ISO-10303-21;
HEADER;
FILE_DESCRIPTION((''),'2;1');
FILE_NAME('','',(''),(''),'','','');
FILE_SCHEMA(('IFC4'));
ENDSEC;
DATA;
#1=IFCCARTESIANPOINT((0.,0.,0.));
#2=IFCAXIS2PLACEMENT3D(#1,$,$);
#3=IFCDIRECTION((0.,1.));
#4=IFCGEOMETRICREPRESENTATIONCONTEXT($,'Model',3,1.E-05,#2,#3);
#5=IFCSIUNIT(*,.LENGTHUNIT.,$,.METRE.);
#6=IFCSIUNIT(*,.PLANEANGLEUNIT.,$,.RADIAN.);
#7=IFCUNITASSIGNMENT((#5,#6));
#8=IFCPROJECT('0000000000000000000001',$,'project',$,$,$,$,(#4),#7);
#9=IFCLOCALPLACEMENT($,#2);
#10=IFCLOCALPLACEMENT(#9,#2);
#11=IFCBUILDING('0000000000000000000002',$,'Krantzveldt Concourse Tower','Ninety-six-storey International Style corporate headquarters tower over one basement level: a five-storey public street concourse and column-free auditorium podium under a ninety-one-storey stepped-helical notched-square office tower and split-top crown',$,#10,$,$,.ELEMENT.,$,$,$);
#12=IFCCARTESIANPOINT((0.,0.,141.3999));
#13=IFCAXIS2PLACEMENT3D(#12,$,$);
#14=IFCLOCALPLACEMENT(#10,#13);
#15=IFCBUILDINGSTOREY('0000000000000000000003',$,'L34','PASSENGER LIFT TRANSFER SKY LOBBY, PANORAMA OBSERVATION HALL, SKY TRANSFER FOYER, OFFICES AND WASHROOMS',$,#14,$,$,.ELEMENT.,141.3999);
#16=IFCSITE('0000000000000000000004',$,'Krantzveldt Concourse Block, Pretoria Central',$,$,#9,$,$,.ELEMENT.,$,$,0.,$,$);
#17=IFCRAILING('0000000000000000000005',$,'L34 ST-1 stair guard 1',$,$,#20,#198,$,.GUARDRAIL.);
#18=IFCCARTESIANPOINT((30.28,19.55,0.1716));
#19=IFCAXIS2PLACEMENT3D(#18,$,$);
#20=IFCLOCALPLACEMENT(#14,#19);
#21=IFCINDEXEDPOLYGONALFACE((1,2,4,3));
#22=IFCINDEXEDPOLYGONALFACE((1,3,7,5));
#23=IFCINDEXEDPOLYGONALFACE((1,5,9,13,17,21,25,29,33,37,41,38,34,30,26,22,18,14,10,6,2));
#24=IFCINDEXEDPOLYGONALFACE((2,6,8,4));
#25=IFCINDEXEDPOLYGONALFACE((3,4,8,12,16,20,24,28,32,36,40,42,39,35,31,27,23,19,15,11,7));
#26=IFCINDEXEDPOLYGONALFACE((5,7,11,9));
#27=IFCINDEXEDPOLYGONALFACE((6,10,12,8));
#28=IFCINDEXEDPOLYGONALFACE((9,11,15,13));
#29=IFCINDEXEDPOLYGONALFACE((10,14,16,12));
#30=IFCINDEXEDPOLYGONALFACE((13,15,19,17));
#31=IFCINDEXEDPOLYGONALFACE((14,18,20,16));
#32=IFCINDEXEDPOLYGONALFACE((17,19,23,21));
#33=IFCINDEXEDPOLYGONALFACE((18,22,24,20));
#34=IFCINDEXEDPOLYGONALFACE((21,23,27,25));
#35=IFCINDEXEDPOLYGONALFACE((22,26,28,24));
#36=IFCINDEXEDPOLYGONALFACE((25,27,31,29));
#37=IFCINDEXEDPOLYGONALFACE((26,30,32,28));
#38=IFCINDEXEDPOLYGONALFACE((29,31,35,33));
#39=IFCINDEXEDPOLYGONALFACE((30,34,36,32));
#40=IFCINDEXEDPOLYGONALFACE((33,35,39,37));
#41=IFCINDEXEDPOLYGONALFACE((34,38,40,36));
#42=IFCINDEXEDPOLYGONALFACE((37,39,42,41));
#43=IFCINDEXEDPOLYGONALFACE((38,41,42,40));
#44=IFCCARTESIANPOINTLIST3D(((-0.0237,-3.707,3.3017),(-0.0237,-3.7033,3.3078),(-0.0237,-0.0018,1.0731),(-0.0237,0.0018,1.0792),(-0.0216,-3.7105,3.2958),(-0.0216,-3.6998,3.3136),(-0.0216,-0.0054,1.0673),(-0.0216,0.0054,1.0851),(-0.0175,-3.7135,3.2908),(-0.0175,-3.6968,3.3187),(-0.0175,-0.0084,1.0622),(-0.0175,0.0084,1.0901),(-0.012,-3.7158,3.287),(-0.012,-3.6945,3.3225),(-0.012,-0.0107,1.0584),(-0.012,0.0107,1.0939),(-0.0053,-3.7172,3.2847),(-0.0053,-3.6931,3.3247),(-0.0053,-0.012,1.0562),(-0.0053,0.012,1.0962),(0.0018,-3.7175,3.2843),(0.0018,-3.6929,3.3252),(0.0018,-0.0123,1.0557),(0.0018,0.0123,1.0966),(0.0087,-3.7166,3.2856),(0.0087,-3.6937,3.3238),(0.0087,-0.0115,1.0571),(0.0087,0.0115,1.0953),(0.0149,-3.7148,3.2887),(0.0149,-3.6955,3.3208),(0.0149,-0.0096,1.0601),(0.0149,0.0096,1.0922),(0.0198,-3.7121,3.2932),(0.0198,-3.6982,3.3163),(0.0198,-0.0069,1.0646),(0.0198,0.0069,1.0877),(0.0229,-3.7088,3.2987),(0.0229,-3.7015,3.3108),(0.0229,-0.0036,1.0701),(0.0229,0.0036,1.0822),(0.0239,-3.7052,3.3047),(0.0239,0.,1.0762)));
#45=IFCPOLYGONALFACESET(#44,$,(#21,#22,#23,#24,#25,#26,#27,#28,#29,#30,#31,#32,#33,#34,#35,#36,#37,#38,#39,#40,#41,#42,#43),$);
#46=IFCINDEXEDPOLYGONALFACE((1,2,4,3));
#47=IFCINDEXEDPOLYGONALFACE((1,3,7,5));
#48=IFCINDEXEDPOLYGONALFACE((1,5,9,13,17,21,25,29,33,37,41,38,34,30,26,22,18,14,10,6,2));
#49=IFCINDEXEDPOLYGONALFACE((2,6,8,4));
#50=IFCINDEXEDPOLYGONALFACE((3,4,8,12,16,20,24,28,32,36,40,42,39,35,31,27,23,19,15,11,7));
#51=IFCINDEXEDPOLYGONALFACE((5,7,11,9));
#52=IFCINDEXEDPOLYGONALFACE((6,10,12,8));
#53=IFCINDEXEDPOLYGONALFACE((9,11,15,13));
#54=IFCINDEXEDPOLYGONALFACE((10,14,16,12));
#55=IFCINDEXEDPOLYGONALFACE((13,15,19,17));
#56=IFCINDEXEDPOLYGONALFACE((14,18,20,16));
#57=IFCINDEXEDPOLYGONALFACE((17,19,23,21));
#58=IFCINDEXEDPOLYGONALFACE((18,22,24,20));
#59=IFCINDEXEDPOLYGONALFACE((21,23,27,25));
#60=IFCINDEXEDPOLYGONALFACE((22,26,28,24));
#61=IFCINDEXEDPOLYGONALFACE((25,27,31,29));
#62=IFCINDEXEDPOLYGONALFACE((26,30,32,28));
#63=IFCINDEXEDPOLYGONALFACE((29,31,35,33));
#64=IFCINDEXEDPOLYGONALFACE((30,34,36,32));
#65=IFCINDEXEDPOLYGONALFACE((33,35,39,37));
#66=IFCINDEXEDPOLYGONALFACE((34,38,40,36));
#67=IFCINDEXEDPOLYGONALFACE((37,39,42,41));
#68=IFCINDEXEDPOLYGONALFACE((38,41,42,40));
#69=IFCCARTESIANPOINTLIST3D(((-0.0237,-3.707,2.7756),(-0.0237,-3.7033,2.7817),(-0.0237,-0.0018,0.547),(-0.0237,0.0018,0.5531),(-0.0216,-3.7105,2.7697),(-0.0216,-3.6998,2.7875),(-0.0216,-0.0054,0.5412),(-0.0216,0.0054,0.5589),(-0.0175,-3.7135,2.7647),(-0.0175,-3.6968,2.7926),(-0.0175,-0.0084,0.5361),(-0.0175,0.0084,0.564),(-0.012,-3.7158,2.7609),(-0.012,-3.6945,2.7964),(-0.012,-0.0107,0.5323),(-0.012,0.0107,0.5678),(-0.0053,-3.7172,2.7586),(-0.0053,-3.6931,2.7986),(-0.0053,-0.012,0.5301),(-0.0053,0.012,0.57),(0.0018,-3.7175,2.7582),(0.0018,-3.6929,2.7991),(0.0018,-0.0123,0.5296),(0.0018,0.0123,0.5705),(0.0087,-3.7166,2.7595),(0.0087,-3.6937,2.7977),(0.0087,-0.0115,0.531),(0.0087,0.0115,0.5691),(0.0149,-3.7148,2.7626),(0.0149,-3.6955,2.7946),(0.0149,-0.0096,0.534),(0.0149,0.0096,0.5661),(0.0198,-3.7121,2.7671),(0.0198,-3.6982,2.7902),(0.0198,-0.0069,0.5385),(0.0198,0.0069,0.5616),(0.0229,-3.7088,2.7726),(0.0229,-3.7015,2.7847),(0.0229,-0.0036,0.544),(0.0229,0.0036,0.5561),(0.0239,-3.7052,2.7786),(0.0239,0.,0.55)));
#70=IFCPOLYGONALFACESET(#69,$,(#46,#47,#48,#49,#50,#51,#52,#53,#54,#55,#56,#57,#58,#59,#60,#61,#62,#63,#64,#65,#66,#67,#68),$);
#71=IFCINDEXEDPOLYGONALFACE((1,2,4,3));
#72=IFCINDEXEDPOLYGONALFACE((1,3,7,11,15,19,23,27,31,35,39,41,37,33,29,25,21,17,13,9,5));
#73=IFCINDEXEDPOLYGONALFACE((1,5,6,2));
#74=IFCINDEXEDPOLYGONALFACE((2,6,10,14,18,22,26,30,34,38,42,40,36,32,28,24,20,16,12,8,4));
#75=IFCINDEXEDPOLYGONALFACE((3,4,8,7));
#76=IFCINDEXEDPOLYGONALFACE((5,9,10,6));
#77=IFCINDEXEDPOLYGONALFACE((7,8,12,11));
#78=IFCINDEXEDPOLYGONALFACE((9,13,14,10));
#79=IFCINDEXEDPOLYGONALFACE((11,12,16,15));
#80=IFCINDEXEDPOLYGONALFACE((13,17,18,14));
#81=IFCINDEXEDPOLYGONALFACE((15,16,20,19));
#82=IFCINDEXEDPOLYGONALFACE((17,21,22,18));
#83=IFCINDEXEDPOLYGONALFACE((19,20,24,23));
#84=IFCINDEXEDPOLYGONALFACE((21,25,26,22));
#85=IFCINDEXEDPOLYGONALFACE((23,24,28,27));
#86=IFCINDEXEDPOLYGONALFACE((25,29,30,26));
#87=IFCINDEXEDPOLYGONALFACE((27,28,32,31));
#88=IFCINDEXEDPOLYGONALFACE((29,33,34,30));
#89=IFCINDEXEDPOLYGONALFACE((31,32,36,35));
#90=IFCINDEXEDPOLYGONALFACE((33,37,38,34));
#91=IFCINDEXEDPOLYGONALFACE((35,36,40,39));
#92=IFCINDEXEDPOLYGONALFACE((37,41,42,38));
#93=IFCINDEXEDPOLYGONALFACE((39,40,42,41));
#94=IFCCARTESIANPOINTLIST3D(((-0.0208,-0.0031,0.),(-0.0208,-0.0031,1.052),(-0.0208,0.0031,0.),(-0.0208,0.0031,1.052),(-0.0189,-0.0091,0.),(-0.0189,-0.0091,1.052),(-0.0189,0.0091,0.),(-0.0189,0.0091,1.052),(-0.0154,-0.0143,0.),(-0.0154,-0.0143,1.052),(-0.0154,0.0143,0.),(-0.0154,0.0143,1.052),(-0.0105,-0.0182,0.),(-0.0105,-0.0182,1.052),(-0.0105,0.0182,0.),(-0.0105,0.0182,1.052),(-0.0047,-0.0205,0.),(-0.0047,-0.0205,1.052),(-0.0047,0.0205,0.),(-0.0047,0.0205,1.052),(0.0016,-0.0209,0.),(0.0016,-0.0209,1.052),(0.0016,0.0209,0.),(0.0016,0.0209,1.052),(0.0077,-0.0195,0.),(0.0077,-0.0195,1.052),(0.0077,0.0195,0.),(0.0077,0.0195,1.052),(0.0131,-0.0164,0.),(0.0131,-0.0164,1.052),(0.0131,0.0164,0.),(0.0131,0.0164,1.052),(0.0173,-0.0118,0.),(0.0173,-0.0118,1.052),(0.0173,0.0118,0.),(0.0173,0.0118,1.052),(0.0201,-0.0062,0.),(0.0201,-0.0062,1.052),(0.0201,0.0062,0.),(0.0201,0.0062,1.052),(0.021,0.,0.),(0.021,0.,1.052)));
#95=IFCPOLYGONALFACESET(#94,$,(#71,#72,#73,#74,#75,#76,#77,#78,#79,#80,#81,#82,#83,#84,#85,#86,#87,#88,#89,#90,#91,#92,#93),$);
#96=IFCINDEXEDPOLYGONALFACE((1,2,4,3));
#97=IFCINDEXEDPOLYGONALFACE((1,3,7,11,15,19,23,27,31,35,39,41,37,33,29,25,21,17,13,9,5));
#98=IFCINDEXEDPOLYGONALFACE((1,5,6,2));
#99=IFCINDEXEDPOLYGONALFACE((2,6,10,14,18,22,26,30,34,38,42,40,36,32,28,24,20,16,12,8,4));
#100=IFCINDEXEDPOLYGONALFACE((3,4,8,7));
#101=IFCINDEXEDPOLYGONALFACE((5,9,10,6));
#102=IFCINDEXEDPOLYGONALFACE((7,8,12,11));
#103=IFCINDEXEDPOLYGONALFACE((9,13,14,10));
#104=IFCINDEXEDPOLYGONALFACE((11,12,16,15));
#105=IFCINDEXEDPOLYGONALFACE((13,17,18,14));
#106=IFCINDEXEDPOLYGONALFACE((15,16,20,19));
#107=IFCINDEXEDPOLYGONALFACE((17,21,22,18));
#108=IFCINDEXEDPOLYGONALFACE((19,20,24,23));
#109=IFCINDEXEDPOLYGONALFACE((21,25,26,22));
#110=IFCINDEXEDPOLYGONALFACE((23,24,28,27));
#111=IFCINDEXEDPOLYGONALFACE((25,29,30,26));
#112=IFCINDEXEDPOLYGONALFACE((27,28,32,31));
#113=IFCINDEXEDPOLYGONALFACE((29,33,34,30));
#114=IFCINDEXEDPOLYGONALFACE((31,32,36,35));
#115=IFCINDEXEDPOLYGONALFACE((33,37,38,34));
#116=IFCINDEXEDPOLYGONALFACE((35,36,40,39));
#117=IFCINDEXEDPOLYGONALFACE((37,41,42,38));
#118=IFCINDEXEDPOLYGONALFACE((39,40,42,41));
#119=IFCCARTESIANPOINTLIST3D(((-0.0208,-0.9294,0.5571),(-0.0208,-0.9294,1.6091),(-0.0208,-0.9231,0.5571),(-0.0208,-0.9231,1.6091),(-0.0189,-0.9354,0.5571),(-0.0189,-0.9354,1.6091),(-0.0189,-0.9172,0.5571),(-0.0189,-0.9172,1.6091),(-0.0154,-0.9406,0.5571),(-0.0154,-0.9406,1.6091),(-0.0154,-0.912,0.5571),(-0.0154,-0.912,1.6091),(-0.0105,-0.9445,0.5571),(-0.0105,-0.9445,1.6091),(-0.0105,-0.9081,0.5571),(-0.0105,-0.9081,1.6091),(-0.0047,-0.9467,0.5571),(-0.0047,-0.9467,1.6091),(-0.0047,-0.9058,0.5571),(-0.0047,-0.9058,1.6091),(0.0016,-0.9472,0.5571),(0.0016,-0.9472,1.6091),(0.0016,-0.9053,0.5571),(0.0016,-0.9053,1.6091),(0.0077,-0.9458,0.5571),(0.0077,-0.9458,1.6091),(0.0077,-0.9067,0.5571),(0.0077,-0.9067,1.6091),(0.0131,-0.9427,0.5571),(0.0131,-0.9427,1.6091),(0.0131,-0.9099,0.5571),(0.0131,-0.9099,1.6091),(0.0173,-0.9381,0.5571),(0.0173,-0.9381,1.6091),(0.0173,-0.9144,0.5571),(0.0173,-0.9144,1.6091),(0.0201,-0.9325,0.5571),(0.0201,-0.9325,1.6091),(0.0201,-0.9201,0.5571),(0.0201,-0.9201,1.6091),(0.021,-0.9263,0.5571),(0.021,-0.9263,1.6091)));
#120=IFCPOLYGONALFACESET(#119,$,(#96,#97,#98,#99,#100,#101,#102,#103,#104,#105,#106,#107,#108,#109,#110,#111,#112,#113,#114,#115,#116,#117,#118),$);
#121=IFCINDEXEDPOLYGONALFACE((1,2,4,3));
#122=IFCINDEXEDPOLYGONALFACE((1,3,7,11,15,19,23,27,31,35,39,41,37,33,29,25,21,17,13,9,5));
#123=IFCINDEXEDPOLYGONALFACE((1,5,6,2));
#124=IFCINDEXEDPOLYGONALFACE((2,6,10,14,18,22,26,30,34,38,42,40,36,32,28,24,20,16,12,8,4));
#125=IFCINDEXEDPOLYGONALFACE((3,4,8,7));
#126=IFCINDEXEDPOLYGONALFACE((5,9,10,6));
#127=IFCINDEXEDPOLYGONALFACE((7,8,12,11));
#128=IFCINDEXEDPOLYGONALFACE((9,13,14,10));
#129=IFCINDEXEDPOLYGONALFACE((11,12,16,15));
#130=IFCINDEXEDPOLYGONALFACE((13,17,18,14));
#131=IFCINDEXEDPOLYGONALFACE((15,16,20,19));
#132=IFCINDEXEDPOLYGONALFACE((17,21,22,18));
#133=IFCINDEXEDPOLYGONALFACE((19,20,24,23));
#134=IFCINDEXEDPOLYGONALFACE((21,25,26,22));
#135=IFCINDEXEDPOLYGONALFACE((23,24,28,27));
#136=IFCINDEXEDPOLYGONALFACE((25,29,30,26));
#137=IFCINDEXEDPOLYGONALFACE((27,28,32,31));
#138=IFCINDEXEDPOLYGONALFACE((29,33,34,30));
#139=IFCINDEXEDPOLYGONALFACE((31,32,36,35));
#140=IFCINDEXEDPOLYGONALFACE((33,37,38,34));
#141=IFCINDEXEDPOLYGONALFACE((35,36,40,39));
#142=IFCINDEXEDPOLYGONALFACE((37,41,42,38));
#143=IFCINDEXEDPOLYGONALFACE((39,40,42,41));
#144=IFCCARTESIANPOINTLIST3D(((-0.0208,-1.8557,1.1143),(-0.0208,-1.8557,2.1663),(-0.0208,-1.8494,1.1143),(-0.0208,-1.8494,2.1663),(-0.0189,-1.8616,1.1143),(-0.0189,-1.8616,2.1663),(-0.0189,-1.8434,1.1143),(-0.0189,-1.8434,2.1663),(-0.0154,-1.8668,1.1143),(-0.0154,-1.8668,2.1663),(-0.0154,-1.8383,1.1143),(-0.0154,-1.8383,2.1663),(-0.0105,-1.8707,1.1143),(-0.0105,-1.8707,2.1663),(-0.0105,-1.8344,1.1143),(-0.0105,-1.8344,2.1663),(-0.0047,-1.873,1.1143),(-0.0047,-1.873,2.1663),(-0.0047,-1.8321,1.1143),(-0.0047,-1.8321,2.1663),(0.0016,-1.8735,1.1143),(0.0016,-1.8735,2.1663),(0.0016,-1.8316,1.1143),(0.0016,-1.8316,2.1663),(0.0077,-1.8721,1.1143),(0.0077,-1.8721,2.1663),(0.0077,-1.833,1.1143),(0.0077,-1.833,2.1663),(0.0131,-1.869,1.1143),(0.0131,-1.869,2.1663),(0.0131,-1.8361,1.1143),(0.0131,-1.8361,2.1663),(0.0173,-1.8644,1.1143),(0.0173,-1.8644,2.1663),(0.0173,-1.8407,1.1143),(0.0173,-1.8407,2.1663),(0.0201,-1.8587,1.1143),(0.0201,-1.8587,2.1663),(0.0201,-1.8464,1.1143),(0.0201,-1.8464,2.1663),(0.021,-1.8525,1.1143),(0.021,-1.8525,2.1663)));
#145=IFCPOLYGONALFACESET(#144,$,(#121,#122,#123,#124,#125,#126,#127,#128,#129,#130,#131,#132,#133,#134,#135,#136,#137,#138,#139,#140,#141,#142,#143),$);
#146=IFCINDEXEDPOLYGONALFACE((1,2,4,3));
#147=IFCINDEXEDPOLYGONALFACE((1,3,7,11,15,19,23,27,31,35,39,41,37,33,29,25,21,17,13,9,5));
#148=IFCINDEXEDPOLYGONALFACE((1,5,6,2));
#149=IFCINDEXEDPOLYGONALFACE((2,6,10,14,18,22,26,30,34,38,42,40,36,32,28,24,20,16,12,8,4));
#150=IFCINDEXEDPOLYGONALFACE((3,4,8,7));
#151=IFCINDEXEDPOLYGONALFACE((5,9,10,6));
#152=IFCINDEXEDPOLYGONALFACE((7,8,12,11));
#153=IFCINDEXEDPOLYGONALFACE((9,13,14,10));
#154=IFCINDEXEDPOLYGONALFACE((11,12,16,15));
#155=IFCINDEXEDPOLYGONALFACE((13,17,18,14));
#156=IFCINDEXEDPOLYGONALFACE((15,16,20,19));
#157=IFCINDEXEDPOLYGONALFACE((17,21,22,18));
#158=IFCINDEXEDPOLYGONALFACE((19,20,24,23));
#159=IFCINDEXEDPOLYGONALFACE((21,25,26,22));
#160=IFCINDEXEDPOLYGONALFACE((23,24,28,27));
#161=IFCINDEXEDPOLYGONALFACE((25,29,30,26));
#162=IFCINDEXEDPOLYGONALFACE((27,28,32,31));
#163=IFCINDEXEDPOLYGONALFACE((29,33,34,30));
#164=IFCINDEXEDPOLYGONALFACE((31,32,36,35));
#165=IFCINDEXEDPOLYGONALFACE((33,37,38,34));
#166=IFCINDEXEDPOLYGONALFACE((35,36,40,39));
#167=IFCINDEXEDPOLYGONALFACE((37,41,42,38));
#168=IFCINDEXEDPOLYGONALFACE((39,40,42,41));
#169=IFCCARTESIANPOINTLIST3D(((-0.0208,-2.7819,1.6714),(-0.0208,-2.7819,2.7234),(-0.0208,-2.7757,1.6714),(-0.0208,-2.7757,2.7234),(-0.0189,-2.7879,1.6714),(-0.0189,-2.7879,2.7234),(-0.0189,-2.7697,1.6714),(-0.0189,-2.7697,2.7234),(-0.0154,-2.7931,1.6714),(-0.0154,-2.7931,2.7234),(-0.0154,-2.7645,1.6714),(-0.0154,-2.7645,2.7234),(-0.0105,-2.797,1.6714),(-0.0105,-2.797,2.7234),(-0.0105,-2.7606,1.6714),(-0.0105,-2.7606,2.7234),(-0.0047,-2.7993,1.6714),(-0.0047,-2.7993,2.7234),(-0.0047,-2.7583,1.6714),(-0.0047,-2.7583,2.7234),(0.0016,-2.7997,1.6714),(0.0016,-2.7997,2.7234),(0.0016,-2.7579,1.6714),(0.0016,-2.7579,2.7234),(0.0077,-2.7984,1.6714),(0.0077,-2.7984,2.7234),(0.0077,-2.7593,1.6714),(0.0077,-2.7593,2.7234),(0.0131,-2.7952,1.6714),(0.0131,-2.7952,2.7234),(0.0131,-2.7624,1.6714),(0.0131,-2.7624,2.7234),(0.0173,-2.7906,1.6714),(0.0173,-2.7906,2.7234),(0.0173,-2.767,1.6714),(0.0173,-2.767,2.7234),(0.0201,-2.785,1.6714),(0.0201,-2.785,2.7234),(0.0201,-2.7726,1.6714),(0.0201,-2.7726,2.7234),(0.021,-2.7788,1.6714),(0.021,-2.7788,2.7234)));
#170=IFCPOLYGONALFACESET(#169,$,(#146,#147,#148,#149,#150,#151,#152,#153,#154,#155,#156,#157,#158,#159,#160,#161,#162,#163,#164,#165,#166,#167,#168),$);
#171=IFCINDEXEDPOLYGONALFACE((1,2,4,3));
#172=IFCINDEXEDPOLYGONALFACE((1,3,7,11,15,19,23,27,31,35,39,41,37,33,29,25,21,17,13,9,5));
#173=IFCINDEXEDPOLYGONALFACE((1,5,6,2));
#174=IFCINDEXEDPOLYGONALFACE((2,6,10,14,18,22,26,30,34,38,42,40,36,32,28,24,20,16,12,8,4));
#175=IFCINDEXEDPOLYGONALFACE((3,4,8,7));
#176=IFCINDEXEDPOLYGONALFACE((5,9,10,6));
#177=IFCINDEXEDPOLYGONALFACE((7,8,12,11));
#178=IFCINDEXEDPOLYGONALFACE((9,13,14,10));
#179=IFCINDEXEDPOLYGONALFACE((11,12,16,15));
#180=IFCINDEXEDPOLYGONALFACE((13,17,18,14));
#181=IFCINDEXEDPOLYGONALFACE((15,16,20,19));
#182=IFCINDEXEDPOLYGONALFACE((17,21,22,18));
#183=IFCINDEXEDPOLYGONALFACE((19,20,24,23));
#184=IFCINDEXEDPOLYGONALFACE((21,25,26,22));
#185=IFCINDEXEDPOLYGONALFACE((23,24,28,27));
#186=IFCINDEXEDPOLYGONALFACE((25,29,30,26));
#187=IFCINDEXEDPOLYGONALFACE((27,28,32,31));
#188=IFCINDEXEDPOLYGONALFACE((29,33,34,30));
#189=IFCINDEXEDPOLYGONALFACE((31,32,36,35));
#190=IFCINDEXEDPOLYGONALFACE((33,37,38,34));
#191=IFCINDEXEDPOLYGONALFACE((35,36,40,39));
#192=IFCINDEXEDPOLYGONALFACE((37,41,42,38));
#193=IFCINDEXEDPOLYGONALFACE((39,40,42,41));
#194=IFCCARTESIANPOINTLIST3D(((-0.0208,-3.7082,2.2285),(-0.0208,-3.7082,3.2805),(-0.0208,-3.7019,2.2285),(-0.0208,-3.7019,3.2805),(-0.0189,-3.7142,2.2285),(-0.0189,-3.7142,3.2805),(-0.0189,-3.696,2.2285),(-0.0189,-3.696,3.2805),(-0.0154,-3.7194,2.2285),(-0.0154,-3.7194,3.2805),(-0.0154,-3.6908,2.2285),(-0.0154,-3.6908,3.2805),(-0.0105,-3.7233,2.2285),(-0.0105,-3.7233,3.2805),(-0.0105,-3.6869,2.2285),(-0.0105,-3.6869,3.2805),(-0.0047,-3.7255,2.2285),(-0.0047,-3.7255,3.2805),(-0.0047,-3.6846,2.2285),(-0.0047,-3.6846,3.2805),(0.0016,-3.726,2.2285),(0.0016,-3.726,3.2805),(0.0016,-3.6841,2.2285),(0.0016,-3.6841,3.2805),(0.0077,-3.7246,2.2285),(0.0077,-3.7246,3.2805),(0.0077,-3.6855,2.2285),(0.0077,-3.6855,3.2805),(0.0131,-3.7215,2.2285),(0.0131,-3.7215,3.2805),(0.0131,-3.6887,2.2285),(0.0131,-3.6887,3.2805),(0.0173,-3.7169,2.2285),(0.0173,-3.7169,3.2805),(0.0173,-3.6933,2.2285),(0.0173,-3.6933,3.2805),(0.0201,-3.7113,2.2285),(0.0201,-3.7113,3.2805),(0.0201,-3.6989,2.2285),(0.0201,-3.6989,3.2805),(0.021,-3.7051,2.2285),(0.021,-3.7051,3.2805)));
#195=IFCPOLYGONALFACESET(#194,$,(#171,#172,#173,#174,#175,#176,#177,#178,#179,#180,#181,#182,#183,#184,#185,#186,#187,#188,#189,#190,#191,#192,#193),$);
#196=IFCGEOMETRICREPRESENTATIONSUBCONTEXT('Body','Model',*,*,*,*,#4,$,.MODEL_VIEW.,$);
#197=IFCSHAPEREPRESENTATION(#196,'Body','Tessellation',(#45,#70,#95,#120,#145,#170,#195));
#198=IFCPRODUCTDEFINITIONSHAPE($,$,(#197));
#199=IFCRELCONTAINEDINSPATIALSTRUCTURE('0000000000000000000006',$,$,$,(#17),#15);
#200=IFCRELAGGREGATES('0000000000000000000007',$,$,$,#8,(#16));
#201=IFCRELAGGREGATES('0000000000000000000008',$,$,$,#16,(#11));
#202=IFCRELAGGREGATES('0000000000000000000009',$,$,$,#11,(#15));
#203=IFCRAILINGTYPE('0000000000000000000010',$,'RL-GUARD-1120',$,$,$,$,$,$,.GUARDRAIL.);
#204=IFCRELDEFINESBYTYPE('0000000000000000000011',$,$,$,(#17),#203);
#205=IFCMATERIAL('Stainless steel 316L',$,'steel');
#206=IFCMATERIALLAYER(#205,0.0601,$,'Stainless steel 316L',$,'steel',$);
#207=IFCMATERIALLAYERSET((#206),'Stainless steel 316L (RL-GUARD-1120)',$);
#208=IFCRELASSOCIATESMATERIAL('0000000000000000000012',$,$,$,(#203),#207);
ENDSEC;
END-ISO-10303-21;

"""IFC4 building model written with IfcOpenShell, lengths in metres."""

from ifc_helpers import new_model, si_unit, direction, frame, origin, origin_2d, place, context, subcontext, project, spatial, circle, extrude, material, layer, layer_set, type_object, element, save


model = new_model("IFC4")

# Units and contexts
model_context = context("Model", 3, precision=1e-05, world=origin(), true_north=direction((0.0, 1.0)))
body_context = subcontext(model_context, "Body", "Model", "MODEL_VIEW")
ifc_project = project(units=[si_unit("LENGTHUNIT", "METRE"), si_unit("PLANEANGLEUNIT", "RADIAN")], contexts=[model_context])

# Site, building, storey
site_placement = place(None, origin())
site = spatial("IfcSite", under=ifc_project, at=site_placement, Name="Krantzveldt Concourse Block, Pretoria Central", CompositionType="ELEMENT", RefElevation=0.0)
building_placement = place(site_placement, origin())
building = spatial("IfcBuilding", under=site, at=building_placement, Name="Krantzveldt Concourse Tower", Description="Ninety-six-storey International Style corporate headquarters tower over one basement level: a five-storey public street concourse and column-free auditorium podium under a ninety-one-storey stepped-helical notched-square office tower and split-top crown", CompositionType="ELEMENT")
storey_placement = place(building_placement, frame((0.0, 0.0, 141.3999)))
storey = spatial("IfcBuildingStorey", under=building, at=storey_placement, Name="L34", Description="PASSENGER LIFT TRANSFER SKY LOBBY, PANORAMA OBSERVATION HALL, SKY TRANSFER FOYER, OFFICES AND WASHROOMS", CompositionType="ELEMENT", Elevation=141.3999)

# Shared definitions
ifc_material_1 = material(Name="Stainless steel 316L", Category="steel")

# Railing
ifc_layer_1 = layer(ifc_material_1, 0.0601, Name="Stainless steel 316L", Category="steel")
ifc_layer_set_1 = layer_set([ifc_layer_1], Name="Stainless steel 316L (RL-GUARD-1120)")
railing_type_1 = type_object("IfcRailingType", Name="RL-GUARD-1120", PredefinedType="GUARDRAIL", material=ifc_layer_set_1)
railing_1_placement = place(storey_placement, frame((30.28, 19.55, 0.1716)))
element("IfcRailing", 1, at=railing_1_placement, inside=storey, type_object=railing_type_1, Name="L34 ST-1 stair guard 1", PredefinedType="GUARDRAIL", context=body_context, shape_type="SweptSolid", body=[
    extrude(circle(Radius=0.0239, at=origin_2d()), frame((0.0, 0.0, 1.0762), z_axis=(0.0, -0.856934, 0.515425), x_axis=(1.0, 0.0, 0.0)), (0.0, 0.0, 1.0), 4.3237),
    extrude(circle(Radius=0.0239, at=origin_2d()), frame((0.0, 0.0, 0.55), z_axis=(0.0, -0.856934, 0.515425), x_axis=(1.0, 0.0, 0.0)), (0.0, 0.0, 1.0), 4.3237),
    extrude(circle(Radius=0.021, at=origin_2d()), origin(), (0.0, 0.0, 1.0), 1.052),
    extrude(circle(Radius=0.021, at=origin_2d()), frame((0.0, -0.9263, 0.5571)), (0.0, 0.0, 1.0), 1.052),
    extrude(circle(Radius=0.021, at=origin_2d()), frame((0.0, -1.8525, 1.1143)), (0.0, 0.0, 1.0), 1.052),
    extrude(circle(Radius=0.021, at=origin_2d()), frame((0.0, -2.7788, 1.6714)), (0.0, 0.0, 1.0), 1.052),
    extrude(circle(Radius=0.021, at=origin_2d()), frame((0.0, -3.7051, 2.2285)), (0.0, 0.0, 1.0), 1.052),
])

save(model, "model.ifc")
